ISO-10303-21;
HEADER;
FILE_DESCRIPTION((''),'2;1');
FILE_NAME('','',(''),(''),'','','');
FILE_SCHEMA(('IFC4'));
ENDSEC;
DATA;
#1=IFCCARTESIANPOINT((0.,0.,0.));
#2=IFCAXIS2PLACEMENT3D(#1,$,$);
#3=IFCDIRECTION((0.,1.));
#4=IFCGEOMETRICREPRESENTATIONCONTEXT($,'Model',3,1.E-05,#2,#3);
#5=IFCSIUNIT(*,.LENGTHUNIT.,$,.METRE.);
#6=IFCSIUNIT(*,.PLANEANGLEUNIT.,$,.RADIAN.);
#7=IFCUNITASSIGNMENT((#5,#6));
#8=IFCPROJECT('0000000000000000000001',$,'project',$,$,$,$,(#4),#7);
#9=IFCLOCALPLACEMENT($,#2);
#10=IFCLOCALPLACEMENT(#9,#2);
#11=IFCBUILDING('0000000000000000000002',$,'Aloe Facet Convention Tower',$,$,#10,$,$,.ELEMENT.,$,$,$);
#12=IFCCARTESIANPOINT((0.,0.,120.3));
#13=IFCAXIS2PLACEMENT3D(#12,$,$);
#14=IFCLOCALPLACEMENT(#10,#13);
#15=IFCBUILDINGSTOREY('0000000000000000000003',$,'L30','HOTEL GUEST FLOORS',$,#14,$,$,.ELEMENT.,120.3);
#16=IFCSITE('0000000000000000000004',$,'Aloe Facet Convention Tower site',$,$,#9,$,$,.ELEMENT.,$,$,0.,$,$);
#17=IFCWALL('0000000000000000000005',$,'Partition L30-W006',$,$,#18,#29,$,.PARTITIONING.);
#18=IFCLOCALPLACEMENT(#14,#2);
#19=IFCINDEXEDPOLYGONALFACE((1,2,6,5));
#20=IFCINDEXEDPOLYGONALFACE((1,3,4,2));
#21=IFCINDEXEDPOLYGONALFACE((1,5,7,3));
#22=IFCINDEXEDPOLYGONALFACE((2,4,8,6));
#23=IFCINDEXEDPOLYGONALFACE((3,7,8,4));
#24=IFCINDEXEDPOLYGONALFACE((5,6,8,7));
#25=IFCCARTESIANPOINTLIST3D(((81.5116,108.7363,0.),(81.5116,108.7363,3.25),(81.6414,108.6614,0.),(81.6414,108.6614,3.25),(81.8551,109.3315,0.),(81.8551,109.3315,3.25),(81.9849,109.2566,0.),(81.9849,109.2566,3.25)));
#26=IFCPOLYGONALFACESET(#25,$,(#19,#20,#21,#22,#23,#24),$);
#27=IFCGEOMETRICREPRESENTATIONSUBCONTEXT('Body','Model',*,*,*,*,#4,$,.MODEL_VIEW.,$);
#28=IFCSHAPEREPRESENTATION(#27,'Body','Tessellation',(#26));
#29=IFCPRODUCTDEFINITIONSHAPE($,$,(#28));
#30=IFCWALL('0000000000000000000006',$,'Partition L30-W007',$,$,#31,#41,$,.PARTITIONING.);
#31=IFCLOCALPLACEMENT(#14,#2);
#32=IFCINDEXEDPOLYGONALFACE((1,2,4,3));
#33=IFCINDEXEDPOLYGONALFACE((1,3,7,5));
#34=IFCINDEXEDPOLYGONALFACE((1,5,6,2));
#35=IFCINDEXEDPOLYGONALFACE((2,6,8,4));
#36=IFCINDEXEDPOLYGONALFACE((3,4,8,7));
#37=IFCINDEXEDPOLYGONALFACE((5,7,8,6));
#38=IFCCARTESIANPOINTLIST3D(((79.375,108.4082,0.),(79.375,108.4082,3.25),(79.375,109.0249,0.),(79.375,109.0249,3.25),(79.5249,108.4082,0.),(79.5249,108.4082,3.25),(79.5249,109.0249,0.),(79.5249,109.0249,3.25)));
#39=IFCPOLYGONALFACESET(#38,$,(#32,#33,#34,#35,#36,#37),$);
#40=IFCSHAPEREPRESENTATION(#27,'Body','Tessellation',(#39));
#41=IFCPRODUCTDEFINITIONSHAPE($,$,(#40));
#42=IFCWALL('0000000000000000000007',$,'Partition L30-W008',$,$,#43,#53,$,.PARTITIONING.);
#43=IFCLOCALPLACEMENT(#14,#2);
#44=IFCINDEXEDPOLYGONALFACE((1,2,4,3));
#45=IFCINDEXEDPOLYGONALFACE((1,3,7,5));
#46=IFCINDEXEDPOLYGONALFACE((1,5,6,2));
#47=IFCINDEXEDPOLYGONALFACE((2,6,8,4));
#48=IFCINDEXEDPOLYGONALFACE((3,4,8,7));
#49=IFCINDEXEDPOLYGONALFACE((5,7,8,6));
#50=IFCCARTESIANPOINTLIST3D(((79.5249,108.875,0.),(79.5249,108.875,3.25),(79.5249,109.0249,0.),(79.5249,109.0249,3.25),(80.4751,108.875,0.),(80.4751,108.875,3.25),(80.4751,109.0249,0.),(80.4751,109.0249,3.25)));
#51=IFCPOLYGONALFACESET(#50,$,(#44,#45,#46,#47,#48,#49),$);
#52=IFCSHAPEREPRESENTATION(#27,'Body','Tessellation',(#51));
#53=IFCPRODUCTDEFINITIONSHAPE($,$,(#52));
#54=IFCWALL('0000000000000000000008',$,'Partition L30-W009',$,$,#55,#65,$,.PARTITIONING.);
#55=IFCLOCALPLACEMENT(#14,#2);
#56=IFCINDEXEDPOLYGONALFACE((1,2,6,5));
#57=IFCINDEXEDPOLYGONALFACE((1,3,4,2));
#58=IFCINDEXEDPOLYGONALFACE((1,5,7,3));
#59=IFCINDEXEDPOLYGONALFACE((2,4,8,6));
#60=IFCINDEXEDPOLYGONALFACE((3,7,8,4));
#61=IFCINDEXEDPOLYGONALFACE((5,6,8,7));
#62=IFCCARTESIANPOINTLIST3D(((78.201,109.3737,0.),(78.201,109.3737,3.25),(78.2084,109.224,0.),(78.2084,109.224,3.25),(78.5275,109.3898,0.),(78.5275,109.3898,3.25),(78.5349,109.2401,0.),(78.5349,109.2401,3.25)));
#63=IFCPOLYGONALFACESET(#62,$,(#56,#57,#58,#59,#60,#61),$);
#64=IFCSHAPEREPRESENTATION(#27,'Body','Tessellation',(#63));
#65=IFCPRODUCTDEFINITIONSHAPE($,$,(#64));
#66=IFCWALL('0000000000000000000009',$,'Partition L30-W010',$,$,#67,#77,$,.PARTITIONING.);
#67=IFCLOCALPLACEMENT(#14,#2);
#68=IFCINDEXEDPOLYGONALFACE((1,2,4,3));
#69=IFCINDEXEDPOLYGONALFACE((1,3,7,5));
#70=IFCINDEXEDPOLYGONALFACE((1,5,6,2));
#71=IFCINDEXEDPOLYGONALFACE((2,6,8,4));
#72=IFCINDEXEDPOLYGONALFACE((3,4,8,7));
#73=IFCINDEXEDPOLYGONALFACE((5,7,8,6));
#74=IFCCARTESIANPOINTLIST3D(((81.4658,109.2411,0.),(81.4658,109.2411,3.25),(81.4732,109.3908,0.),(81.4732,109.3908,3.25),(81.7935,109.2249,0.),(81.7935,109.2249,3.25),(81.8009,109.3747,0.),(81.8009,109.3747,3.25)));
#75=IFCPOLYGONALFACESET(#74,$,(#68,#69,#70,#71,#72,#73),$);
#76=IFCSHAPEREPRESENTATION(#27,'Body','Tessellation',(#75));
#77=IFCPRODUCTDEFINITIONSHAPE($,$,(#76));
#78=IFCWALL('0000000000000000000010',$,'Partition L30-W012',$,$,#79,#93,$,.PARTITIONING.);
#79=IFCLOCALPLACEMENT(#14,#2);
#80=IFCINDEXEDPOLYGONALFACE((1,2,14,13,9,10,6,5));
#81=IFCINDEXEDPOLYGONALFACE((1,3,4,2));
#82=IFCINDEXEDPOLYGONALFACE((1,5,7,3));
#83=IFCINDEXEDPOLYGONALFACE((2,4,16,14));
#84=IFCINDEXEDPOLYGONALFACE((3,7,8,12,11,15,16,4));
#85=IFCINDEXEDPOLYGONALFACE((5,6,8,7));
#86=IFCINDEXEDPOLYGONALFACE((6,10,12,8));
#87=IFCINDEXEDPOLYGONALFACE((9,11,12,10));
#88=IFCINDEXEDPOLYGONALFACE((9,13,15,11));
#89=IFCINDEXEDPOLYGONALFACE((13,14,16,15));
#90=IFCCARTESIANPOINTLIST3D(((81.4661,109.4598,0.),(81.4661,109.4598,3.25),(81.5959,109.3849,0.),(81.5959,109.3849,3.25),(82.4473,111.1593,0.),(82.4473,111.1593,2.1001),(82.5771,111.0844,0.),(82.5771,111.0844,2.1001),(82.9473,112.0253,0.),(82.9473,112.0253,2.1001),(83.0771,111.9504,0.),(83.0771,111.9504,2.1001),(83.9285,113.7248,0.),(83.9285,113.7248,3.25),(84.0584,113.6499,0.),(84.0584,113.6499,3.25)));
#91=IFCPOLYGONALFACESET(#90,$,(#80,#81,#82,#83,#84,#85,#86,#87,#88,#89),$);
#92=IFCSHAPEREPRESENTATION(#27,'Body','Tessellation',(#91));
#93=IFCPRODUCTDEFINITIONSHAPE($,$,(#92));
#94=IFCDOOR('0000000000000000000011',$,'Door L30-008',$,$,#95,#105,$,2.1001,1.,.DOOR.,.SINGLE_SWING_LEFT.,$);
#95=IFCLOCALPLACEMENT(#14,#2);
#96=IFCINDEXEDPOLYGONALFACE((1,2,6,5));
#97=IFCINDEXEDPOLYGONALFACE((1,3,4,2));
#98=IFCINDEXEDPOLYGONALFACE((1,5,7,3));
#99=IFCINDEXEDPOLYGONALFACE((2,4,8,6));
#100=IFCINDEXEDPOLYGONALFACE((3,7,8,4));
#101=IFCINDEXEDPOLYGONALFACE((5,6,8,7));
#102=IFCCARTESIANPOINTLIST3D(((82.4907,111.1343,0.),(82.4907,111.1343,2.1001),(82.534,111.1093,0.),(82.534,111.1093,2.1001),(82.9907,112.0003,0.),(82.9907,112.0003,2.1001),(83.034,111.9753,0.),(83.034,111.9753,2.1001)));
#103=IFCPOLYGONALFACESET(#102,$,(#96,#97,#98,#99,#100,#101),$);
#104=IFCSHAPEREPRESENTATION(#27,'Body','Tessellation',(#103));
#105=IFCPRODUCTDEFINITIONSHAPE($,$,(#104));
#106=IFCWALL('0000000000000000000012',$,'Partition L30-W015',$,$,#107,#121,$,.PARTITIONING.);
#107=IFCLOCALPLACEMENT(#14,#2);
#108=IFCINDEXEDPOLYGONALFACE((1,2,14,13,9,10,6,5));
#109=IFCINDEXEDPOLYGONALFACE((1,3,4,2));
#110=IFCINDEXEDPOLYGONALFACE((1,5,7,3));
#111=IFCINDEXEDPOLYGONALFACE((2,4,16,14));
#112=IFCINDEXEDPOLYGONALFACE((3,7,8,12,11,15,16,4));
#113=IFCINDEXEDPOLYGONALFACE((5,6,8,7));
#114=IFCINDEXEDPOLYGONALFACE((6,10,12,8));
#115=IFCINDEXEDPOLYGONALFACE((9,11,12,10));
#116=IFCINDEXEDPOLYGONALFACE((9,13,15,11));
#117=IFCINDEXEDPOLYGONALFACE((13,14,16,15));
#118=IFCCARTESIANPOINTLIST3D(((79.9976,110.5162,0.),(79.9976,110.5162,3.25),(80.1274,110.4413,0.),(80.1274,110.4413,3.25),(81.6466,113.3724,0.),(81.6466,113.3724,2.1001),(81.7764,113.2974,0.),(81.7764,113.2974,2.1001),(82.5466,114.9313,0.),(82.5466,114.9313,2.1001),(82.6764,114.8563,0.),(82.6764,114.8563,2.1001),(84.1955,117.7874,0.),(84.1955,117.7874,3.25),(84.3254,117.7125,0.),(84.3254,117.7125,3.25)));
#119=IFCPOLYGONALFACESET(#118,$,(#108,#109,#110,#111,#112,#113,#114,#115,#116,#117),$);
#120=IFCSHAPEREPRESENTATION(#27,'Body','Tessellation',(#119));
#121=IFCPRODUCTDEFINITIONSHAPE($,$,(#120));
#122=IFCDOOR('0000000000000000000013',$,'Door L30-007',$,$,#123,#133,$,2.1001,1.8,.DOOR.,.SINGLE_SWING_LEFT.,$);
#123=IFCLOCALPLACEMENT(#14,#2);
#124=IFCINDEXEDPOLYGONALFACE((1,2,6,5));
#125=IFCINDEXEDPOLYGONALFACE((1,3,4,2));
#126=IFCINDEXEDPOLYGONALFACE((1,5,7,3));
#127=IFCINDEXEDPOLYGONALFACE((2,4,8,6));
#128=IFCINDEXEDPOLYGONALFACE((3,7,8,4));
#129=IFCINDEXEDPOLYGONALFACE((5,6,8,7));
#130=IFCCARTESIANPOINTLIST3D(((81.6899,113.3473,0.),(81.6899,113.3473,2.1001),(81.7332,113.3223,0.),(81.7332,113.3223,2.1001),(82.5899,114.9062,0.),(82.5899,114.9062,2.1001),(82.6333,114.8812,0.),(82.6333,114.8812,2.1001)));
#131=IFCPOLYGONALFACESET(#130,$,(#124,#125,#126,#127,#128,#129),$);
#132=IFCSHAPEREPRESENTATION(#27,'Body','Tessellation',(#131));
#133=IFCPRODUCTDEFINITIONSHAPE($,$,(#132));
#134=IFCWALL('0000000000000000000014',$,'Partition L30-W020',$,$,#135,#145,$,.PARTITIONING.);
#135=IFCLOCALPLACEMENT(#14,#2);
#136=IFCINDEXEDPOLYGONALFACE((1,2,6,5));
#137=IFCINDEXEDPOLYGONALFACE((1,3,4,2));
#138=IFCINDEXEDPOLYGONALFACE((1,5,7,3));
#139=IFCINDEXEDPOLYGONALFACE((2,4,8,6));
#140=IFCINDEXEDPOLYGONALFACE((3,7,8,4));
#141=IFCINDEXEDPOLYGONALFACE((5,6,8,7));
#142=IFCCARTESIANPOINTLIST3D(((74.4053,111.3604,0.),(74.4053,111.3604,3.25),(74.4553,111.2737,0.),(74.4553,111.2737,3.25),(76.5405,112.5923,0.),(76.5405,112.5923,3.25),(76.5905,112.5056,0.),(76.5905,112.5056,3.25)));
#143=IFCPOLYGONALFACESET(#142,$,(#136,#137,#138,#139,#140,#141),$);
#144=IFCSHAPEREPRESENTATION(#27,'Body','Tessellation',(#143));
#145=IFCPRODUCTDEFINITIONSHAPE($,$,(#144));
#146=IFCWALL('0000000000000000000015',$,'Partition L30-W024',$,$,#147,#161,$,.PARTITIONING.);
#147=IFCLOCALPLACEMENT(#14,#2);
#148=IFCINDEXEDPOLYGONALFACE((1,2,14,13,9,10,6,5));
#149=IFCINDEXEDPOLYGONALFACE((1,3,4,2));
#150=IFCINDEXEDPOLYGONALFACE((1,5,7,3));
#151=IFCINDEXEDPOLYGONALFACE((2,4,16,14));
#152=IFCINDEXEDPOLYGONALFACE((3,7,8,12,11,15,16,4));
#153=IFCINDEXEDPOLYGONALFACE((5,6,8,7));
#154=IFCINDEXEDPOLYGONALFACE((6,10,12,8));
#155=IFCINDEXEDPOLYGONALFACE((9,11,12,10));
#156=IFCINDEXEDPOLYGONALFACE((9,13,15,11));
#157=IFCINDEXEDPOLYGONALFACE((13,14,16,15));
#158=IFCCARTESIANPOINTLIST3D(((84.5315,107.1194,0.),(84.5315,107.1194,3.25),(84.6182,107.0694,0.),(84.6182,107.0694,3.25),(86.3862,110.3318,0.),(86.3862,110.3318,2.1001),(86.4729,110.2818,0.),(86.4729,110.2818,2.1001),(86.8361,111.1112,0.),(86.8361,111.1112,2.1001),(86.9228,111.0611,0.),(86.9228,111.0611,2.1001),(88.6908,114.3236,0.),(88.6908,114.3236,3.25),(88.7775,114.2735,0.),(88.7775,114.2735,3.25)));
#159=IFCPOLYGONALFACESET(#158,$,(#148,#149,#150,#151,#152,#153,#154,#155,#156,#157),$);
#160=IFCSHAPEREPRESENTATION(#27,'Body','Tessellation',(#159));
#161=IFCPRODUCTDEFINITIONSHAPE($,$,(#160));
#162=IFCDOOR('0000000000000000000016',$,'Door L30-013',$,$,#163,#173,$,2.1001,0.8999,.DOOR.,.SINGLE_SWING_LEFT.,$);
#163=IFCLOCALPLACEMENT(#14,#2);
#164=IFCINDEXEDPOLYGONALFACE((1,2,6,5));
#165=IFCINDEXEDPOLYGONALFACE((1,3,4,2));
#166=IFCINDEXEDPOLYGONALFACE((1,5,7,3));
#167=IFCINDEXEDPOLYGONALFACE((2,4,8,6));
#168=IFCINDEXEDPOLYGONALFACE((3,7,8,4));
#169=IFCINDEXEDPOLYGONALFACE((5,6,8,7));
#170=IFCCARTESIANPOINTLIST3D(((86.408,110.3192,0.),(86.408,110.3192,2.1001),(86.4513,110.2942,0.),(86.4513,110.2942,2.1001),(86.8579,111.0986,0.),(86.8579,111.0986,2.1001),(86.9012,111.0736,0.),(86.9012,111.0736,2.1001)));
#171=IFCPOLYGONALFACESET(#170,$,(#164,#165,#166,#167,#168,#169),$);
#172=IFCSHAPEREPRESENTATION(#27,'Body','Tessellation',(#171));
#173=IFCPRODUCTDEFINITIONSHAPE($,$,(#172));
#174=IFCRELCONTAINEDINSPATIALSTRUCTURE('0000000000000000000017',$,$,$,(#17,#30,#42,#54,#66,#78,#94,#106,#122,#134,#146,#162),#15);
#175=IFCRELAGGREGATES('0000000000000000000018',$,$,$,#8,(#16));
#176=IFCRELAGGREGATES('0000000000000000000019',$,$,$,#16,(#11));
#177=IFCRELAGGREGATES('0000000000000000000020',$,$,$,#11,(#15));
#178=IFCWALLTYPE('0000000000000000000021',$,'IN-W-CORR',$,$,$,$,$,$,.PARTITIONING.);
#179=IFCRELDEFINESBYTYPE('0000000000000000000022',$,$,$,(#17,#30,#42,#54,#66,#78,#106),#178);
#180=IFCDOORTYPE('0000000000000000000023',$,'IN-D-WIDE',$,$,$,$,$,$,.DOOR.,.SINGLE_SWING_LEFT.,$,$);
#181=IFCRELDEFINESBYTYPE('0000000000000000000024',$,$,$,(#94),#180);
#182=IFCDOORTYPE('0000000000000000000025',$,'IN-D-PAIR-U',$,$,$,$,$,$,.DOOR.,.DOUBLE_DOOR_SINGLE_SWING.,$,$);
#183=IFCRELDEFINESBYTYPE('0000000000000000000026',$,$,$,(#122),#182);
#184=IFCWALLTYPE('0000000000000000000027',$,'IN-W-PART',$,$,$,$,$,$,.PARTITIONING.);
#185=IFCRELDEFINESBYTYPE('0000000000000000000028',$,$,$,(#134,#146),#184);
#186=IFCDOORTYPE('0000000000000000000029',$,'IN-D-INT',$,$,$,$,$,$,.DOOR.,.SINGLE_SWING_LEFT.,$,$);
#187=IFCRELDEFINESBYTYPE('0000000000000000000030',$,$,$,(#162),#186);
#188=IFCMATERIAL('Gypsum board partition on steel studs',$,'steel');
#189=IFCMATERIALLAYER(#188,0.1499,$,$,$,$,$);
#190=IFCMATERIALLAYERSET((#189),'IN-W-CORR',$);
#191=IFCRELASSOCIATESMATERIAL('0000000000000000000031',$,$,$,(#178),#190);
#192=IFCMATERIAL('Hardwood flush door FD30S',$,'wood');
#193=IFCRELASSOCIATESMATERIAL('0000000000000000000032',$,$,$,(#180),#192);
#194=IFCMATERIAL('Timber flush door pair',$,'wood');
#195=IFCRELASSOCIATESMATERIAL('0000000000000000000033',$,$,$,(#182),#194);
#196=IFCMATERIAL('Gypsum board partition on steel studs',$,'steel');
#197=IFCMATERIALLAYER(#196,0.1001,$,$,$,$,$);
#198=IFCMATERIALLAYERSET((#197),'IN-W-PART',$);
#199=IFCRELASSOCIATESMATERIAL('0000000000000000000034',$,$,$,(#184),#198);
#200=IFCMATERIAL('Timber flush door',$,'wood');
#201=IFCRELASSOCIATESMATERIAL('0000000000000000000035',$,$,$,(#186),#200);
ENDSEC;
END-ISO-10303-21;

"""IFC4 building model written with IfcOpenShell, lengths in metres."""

from ifc_helpers import new_model, si_unit, direction, frame, frame_2d, origin, place, context, subcontext, project, spatial, rectangle, extrude, material, layer, layer_set, type_object, element, fill, save


model = new_model("IFC4")

# Units and contexts
model_context = context("Model", 3, precision=1e-05, world=origin(), true_north=direction((0.0, 1.0)))
body_context = subcontext(model_context, "Body", "Model", "MODEL_VIEW")
ifc_project = project(units=[si_unit("LENGTHUNIT", "METRE"), si_unit("PLANEANGLEUNIT", "RADIAN")], contexts=[model_context])

# Site, building, storey
site_placement = place(None, origin())
site = spatial("IfcSite", under=ifc_project, at=site_placement, Name="Aloe Facet Convention Tower site", CompositionType="ELEMENT", RefElevation=0.0)
building_placement = place(site_placement, origin())
building = spatial("IfcBuilding", under=site, at=building_placement, Name="Aloe Facet Convention Tower", CompositionType="ELEMENT")
storey_placement = place(building_placement, frame((0.0, 0.0, 120.3)))
storey = spatial("IfcBuildingStorey", under=building, at=storey_placement, Name="L30", Description="HOTEL GUEST FLOORS", CompositionType="ELEMENT", Elevation=120.3)

# Walls
ifc_material_1 = material(Name="Gypsum board partition on steel studs", Category="steel")
ifc_layer_1 = layer(ifc_material_1, 0.1499)
ifc_layer_set_1 = layer_set([ifc_layer_1], Name="IN-W-CORR")
wall_type_1 = type_object("IfcWallType", Name="IN-W-CORR", PredefinedType="PARTITIONING", material=ifc_layer_set_1)
wall_1_placement = place(storey_placement, frame((81.5764, 108.6987, 0.0), z_axis=(0.0, 0.0, 1.0), x_axis=(0.499845, 0.866115, 0.0)))
element("IfcWall", 1, at=wall_1_placement, inside=storey, type_object=wall_type_1, Name="Partition L30-W006", PredefinedType="PARTITIONING", context=body_context, shape_type="SweptSolid", body=[
    extrude(rectangle(XDim=0.6873, YDim=0.1499, at=frame_2d((0.3438, 0.0))), origin(), (0.0, 0.0, 1.0), 3.25),
])
wall_2_placement = place(storey_placement, frame((79.45, 108.4082, 0.0), z_axis=(0.0, 0.0, 1.0), x_axis=(0.0, 1.0, 0.0)))
element("IfcWall", 2, at=wall_2_placement, inside=storey, type_object=wall_type_1, Name="Partition L30-W007", PredefinedType="PARTITIONING", context=body_context, shape_type="SweptSolid", body=[
    extrude(rectangle(XDim=0.6167, YDim=0.1499, at=frame_2d((0.3083, 0.0))), origin(), (0.0, 0.0, 1.0), 3.25),
])
wall_3_placement = place(storey_placement, frame((79.5249, 108.95, 0.0), z_axis=(0.0, 0.0, 1.0), x_axis=(1.0, 0.0, 0.0)))
element("IfcWall", 3, at=wall_3_placement, inside=storey, type_object=wall_type_1, Name="Partition L30-W008", PredefinedType="PARTITIONING", context=body_context, shape_type="SweptSolid", body=[
    extrude(rectangle(XDim=0.9502, YDim=0.1499, at=frame_2d((0.4751, 0.0))), origin(), (0.0, 0.0, 1.0), 3.25),
])
wall_4_placement = place(storey_placement, frame((78.2046, 109.2988, 0.0), z_axis=(0.0, 0.0, 1.0), x_axis=(0.998784, 0.049304, 0.0)))
element("IfcWall", 4, at=wall_4_placement, inside=storey, type_object=wall_type_1, Name="Partition L30-W009", PredefinedType="PARTITIONING", context=body_context, shape_type="SweptSolid", body=[
    extrude(rectangle(XDim=0.3269, YDim=0.1499, at=frame_2d((0.1636, 0.0))), origin(), (0.0, 0.0, 1.0), 3.25),
])
wall_5_placement = place(storey_placement, frame((81.4695, 109.3159, 0.0), z_axis=(0.0, 0.0, 1.0), x_axis=(0.998793, -0.049121, 0.0)))
element("IfcWall", 5, at=wall_5_placement, inside=storey, type_object=wall_type_1, Name="Partition L30-W010", PredefinedType="PARTITIONING", context=body_context, shape_type="SweptSolid", body=[
    extrude(rectangle(XDim=0.3281, YDim=0.1499, at=frame_2d((0.1641, 0.0))), origin(), (0.0, 0.0, 1.0), 3.25),
])

# Walls, openings, doors
wall_6_placement = place(storey_placement, frame((81.531, 109.4224, 0.0), z_axis=(0.0, 0.0, 1.0), x_axis=(0.50001, 0.86602, 0.0)))
wall_6 = element("IfcWall", 6, at=wall_6_placement, inside=storey, type_object=wall_type_1, Name="Partition L30-W012", PredefinedType="PARTITIONING", context=body_context, shape_type="SweptSolid", body=[
    extrude(rectangle(XDim=4.9248, YDim=0.1499, at=frame_2d((2.4624, 0.0))), origin(), (0.0, 0.0, 1.0), 3.25),
])
opening_1_placement = place(wall_6_placement, frame((1.9624, 0.0, 0.0)))
opening_1 = element("IfcOpeningElement", 7, at=opening_1_placement, cuts=wall_6, PredefinedType="OPENING", context=body_context, shape_type="SweptSolid", body=[
    extrude(rectangle(XDim=1.0, YDim=2.1001, at=frame_2d((0.5, 1.05))), frame((0.0, 0.085, 0.0), z_axis=(0.0, -1.0, 0.0), x_axis=(1.0, 0.0, 0.0)), (0.0, 0.0, 1.0), 0.1699),
])
ifc_material_2 = material(Name="Hardwood flush door FD30S", Category="wood")
door_type_1 = type_object("IfcDoorType", Name="IN-D-WIDE", OperationType="SINGLE_SWING_LEFT", PredefinedType="DOOR", material=ifc_material_2)
door_1_placement = place(opening_1_placement, origin())
door_1 = element("IfcDoor", 8, at=door_1_placement, inside=storey, type_object=door_type_1, Name="Door L30-008", OperationType="SINGLE_SWING_LEFT", OverallHeight=2.1001, OverallWidth=1.0, PredefinedType="DOOR", context=body_context, shape_type="SweptSolid", body=[
    extrude(rectangle(XDim=1.0, YDim=2.1001, at=frame_2d((0.5, 1.05))), frame((0.0, 0.0249, 0.0), z_axis=(0.0, -1.0, 0.0), x_axis=(1.0, 0.0, 0.0)), (0.0, 0.0, 1.0), 0.05),
])
fill(opening_1, door_1)
wall_7_placement = place(storey_placement, frame((80.0625, 110.4788, 0.0), z_axis=(0.0, 0.0, 1.0), x_axis=(0.499995, 0.866028, 0.0)))
wall_7 = element("IfcWall", 9, at=wall_7_placement, inside=storey, type_object=wall_type_1, Name="Partition L30-W015", PredefinedType="PARTITIONING", context=body_context, shape_type="SweptSolid", body=[
    extrude(rectangle(XDim=8.396, YDim=0.1499, at=frame_2d((4.198, 0.0))), origin(), (0.0, 0.0, 1.0), 3.25),
])
opening_2_placement = place(wall_7_placement, frame((3.2981, 0.0, 0.0)))
opening_2 = element("IfcOpeningElement", 10, at=opening_2_placement, cuts=wall_7, PredefinedType="OPENING", context=body_context, shape_type="SweptSolid", body=[
    extrude(rectangle(XDim=1.8, YDim=2.1001, at=frame_2d((0.8999, 1.05))), frame((0.0, 0.085, 0.0), z_axis=(0.0, -1.0, 0.0), x_axis=(1.0, 0.0, 0.0)), (0.0, 0.0, 1.0), 0.1699),
])
ifc_material_3 = material(Name="Timber flush door pair", Category="wood")
door_type_2 = type_object("IfcDoorType", Name="IN-D-PAIR-U", OperationType="DOUBLE_DOOR_SINGLE_SWING", PredefinedType="DOOR", material=ifc_material_3)
door_2_placement = place(opening_2_placement, origin())
door_2 = element("IfcDoor", 11, at=door_2_placement, inside=storey, type_object=door_type_2, Name="Door L30-007", OperationType="SINGLE_SWING_LEFT", OverallHeight=2.1001, OverallWidth=1.8, PredefinedType="DOOR", context=body_context, shape_type="SweptSolid", body=[
    extrude(rectangle(XDim=1.8, YDim=2.1001, at=frame_2d((0.8999, 1.05))), frame((0.0, 0.0249, 0.0), z_axis=(0.0, -1.0, 0.0), x_axis=(1.0, 0.0, 0.0)), (0.0, 0.0, 1.0), 0.05),
])
fill(opening_2, door_2)

# Wall
ifc_material_4 = material(Name="Gypsum board partition on steel studs", Category="steel")
ifc_layer_2 = layer(ifc_material_4, 0.1001)
ifc_layer_set_2 = layer_set([ifc_layer_2], Name="IN-W-PART")
wall_type_2 = type_object("IfcWallType", Name="IN-W-PART", PredefinedType="PARTITIONING", material=ifc_layer_set_2)
wall_8_placement = place(storey_placement, frame((74.4304, 111.3171, 0.0), z_axis=(0.0, 0.0, 1.0), x_axis=(0.866176, 0.49974, 0.0)))
element("IfcWall", 12, at=wall_8_placement, inside=storey, type_object=wall_type_2, Name="Partition L30-W020", PredefinedType="PARTITIONING", context=body_context, shape_type="SweptSolid", body=[
    extrude(rectangle(XDim=2.4651, YDim=0.1001, at=frame_2d((1.2324, 0.0))), origin(), (0.0, 0.0, 1.0), 3.25),
])

# Wall, opening, door
wall_9_placement = place(storey_placement, frame((84.575, 107.0945, 0.0), z_axis=(0.0, 0.0, 1.0), x_axis=(0.49999, 0.866031, 0.0)))
wall_9 = element("IfcWall", 13, at=wall_9_placement, inside=storey, type_object=wall_type_2, Name="Partition L30-W024", PredefinedType="PARTITIONING", context=body_context, shape_type="SweptSolid", body=[
    extrude(rectangle(XDim=8.3186, YDim=0.1001, at=frame_2d((4.1592, 0.0))), origin(), (0.0, 0.0, 1.0), 3.25),
])
opening_3_placement = place(wall_9_placement, frame((3.7092, 0.0, 0.0)))
opening_3 = element("IfcOpeningElement", 14, at=opening_3_placement, cuts=wall_9, PredefinedType="OPENING", context=body_context, shape_type="SweptSolid", body=[
    extrude(rectangle(XDim=0.8999, YDim=2.1001, at=frame_2d((0.45, 1.05))), frame((0.0, 0.0601, 0.0), z_axis=(0.0, -1.0, 0.0), x_axis=(1.0, 0.0, 0.0)), (0.0, 0.0, 1.0), 0.1201),
])
ifc_material_5 = material(Name="Timber flush door", Category="wood")
door_type_3 = type_object("IfcDoorType", Name="IN-D-INT", OperationType="SINGLE_SWING_LEFT", PredefinedType="DOOR", material=ifc_material_5)
door_3_placement = place(opening_3_placement, origin())
door_3 = element("IfcDoor", 15, at=door_3_placement, inside=storey, type_object=door_type_3, Name="Door L30-013", OperationType="SINGLE_SWING_LEFT", OverallHeight=2.1001, OverallWidth=0.8999, PredefinedType="DOOR", context=body_context, shape_type="SweptSolid", body=[
    extrude(rectangle(XDim=0.8999, YDim=2.1001, at=frame_2d((0.45, 1.05))), frame((0.0, 0.0249, 0.0), z_axis=(0.0, -1.0, 0.0), x_axis=(1.0, 0.0, 0.0)), (0.0, 0.0, 1.0), 0.05),
])
fill(opening_3, door_3)

save(model, "model.ifc")
